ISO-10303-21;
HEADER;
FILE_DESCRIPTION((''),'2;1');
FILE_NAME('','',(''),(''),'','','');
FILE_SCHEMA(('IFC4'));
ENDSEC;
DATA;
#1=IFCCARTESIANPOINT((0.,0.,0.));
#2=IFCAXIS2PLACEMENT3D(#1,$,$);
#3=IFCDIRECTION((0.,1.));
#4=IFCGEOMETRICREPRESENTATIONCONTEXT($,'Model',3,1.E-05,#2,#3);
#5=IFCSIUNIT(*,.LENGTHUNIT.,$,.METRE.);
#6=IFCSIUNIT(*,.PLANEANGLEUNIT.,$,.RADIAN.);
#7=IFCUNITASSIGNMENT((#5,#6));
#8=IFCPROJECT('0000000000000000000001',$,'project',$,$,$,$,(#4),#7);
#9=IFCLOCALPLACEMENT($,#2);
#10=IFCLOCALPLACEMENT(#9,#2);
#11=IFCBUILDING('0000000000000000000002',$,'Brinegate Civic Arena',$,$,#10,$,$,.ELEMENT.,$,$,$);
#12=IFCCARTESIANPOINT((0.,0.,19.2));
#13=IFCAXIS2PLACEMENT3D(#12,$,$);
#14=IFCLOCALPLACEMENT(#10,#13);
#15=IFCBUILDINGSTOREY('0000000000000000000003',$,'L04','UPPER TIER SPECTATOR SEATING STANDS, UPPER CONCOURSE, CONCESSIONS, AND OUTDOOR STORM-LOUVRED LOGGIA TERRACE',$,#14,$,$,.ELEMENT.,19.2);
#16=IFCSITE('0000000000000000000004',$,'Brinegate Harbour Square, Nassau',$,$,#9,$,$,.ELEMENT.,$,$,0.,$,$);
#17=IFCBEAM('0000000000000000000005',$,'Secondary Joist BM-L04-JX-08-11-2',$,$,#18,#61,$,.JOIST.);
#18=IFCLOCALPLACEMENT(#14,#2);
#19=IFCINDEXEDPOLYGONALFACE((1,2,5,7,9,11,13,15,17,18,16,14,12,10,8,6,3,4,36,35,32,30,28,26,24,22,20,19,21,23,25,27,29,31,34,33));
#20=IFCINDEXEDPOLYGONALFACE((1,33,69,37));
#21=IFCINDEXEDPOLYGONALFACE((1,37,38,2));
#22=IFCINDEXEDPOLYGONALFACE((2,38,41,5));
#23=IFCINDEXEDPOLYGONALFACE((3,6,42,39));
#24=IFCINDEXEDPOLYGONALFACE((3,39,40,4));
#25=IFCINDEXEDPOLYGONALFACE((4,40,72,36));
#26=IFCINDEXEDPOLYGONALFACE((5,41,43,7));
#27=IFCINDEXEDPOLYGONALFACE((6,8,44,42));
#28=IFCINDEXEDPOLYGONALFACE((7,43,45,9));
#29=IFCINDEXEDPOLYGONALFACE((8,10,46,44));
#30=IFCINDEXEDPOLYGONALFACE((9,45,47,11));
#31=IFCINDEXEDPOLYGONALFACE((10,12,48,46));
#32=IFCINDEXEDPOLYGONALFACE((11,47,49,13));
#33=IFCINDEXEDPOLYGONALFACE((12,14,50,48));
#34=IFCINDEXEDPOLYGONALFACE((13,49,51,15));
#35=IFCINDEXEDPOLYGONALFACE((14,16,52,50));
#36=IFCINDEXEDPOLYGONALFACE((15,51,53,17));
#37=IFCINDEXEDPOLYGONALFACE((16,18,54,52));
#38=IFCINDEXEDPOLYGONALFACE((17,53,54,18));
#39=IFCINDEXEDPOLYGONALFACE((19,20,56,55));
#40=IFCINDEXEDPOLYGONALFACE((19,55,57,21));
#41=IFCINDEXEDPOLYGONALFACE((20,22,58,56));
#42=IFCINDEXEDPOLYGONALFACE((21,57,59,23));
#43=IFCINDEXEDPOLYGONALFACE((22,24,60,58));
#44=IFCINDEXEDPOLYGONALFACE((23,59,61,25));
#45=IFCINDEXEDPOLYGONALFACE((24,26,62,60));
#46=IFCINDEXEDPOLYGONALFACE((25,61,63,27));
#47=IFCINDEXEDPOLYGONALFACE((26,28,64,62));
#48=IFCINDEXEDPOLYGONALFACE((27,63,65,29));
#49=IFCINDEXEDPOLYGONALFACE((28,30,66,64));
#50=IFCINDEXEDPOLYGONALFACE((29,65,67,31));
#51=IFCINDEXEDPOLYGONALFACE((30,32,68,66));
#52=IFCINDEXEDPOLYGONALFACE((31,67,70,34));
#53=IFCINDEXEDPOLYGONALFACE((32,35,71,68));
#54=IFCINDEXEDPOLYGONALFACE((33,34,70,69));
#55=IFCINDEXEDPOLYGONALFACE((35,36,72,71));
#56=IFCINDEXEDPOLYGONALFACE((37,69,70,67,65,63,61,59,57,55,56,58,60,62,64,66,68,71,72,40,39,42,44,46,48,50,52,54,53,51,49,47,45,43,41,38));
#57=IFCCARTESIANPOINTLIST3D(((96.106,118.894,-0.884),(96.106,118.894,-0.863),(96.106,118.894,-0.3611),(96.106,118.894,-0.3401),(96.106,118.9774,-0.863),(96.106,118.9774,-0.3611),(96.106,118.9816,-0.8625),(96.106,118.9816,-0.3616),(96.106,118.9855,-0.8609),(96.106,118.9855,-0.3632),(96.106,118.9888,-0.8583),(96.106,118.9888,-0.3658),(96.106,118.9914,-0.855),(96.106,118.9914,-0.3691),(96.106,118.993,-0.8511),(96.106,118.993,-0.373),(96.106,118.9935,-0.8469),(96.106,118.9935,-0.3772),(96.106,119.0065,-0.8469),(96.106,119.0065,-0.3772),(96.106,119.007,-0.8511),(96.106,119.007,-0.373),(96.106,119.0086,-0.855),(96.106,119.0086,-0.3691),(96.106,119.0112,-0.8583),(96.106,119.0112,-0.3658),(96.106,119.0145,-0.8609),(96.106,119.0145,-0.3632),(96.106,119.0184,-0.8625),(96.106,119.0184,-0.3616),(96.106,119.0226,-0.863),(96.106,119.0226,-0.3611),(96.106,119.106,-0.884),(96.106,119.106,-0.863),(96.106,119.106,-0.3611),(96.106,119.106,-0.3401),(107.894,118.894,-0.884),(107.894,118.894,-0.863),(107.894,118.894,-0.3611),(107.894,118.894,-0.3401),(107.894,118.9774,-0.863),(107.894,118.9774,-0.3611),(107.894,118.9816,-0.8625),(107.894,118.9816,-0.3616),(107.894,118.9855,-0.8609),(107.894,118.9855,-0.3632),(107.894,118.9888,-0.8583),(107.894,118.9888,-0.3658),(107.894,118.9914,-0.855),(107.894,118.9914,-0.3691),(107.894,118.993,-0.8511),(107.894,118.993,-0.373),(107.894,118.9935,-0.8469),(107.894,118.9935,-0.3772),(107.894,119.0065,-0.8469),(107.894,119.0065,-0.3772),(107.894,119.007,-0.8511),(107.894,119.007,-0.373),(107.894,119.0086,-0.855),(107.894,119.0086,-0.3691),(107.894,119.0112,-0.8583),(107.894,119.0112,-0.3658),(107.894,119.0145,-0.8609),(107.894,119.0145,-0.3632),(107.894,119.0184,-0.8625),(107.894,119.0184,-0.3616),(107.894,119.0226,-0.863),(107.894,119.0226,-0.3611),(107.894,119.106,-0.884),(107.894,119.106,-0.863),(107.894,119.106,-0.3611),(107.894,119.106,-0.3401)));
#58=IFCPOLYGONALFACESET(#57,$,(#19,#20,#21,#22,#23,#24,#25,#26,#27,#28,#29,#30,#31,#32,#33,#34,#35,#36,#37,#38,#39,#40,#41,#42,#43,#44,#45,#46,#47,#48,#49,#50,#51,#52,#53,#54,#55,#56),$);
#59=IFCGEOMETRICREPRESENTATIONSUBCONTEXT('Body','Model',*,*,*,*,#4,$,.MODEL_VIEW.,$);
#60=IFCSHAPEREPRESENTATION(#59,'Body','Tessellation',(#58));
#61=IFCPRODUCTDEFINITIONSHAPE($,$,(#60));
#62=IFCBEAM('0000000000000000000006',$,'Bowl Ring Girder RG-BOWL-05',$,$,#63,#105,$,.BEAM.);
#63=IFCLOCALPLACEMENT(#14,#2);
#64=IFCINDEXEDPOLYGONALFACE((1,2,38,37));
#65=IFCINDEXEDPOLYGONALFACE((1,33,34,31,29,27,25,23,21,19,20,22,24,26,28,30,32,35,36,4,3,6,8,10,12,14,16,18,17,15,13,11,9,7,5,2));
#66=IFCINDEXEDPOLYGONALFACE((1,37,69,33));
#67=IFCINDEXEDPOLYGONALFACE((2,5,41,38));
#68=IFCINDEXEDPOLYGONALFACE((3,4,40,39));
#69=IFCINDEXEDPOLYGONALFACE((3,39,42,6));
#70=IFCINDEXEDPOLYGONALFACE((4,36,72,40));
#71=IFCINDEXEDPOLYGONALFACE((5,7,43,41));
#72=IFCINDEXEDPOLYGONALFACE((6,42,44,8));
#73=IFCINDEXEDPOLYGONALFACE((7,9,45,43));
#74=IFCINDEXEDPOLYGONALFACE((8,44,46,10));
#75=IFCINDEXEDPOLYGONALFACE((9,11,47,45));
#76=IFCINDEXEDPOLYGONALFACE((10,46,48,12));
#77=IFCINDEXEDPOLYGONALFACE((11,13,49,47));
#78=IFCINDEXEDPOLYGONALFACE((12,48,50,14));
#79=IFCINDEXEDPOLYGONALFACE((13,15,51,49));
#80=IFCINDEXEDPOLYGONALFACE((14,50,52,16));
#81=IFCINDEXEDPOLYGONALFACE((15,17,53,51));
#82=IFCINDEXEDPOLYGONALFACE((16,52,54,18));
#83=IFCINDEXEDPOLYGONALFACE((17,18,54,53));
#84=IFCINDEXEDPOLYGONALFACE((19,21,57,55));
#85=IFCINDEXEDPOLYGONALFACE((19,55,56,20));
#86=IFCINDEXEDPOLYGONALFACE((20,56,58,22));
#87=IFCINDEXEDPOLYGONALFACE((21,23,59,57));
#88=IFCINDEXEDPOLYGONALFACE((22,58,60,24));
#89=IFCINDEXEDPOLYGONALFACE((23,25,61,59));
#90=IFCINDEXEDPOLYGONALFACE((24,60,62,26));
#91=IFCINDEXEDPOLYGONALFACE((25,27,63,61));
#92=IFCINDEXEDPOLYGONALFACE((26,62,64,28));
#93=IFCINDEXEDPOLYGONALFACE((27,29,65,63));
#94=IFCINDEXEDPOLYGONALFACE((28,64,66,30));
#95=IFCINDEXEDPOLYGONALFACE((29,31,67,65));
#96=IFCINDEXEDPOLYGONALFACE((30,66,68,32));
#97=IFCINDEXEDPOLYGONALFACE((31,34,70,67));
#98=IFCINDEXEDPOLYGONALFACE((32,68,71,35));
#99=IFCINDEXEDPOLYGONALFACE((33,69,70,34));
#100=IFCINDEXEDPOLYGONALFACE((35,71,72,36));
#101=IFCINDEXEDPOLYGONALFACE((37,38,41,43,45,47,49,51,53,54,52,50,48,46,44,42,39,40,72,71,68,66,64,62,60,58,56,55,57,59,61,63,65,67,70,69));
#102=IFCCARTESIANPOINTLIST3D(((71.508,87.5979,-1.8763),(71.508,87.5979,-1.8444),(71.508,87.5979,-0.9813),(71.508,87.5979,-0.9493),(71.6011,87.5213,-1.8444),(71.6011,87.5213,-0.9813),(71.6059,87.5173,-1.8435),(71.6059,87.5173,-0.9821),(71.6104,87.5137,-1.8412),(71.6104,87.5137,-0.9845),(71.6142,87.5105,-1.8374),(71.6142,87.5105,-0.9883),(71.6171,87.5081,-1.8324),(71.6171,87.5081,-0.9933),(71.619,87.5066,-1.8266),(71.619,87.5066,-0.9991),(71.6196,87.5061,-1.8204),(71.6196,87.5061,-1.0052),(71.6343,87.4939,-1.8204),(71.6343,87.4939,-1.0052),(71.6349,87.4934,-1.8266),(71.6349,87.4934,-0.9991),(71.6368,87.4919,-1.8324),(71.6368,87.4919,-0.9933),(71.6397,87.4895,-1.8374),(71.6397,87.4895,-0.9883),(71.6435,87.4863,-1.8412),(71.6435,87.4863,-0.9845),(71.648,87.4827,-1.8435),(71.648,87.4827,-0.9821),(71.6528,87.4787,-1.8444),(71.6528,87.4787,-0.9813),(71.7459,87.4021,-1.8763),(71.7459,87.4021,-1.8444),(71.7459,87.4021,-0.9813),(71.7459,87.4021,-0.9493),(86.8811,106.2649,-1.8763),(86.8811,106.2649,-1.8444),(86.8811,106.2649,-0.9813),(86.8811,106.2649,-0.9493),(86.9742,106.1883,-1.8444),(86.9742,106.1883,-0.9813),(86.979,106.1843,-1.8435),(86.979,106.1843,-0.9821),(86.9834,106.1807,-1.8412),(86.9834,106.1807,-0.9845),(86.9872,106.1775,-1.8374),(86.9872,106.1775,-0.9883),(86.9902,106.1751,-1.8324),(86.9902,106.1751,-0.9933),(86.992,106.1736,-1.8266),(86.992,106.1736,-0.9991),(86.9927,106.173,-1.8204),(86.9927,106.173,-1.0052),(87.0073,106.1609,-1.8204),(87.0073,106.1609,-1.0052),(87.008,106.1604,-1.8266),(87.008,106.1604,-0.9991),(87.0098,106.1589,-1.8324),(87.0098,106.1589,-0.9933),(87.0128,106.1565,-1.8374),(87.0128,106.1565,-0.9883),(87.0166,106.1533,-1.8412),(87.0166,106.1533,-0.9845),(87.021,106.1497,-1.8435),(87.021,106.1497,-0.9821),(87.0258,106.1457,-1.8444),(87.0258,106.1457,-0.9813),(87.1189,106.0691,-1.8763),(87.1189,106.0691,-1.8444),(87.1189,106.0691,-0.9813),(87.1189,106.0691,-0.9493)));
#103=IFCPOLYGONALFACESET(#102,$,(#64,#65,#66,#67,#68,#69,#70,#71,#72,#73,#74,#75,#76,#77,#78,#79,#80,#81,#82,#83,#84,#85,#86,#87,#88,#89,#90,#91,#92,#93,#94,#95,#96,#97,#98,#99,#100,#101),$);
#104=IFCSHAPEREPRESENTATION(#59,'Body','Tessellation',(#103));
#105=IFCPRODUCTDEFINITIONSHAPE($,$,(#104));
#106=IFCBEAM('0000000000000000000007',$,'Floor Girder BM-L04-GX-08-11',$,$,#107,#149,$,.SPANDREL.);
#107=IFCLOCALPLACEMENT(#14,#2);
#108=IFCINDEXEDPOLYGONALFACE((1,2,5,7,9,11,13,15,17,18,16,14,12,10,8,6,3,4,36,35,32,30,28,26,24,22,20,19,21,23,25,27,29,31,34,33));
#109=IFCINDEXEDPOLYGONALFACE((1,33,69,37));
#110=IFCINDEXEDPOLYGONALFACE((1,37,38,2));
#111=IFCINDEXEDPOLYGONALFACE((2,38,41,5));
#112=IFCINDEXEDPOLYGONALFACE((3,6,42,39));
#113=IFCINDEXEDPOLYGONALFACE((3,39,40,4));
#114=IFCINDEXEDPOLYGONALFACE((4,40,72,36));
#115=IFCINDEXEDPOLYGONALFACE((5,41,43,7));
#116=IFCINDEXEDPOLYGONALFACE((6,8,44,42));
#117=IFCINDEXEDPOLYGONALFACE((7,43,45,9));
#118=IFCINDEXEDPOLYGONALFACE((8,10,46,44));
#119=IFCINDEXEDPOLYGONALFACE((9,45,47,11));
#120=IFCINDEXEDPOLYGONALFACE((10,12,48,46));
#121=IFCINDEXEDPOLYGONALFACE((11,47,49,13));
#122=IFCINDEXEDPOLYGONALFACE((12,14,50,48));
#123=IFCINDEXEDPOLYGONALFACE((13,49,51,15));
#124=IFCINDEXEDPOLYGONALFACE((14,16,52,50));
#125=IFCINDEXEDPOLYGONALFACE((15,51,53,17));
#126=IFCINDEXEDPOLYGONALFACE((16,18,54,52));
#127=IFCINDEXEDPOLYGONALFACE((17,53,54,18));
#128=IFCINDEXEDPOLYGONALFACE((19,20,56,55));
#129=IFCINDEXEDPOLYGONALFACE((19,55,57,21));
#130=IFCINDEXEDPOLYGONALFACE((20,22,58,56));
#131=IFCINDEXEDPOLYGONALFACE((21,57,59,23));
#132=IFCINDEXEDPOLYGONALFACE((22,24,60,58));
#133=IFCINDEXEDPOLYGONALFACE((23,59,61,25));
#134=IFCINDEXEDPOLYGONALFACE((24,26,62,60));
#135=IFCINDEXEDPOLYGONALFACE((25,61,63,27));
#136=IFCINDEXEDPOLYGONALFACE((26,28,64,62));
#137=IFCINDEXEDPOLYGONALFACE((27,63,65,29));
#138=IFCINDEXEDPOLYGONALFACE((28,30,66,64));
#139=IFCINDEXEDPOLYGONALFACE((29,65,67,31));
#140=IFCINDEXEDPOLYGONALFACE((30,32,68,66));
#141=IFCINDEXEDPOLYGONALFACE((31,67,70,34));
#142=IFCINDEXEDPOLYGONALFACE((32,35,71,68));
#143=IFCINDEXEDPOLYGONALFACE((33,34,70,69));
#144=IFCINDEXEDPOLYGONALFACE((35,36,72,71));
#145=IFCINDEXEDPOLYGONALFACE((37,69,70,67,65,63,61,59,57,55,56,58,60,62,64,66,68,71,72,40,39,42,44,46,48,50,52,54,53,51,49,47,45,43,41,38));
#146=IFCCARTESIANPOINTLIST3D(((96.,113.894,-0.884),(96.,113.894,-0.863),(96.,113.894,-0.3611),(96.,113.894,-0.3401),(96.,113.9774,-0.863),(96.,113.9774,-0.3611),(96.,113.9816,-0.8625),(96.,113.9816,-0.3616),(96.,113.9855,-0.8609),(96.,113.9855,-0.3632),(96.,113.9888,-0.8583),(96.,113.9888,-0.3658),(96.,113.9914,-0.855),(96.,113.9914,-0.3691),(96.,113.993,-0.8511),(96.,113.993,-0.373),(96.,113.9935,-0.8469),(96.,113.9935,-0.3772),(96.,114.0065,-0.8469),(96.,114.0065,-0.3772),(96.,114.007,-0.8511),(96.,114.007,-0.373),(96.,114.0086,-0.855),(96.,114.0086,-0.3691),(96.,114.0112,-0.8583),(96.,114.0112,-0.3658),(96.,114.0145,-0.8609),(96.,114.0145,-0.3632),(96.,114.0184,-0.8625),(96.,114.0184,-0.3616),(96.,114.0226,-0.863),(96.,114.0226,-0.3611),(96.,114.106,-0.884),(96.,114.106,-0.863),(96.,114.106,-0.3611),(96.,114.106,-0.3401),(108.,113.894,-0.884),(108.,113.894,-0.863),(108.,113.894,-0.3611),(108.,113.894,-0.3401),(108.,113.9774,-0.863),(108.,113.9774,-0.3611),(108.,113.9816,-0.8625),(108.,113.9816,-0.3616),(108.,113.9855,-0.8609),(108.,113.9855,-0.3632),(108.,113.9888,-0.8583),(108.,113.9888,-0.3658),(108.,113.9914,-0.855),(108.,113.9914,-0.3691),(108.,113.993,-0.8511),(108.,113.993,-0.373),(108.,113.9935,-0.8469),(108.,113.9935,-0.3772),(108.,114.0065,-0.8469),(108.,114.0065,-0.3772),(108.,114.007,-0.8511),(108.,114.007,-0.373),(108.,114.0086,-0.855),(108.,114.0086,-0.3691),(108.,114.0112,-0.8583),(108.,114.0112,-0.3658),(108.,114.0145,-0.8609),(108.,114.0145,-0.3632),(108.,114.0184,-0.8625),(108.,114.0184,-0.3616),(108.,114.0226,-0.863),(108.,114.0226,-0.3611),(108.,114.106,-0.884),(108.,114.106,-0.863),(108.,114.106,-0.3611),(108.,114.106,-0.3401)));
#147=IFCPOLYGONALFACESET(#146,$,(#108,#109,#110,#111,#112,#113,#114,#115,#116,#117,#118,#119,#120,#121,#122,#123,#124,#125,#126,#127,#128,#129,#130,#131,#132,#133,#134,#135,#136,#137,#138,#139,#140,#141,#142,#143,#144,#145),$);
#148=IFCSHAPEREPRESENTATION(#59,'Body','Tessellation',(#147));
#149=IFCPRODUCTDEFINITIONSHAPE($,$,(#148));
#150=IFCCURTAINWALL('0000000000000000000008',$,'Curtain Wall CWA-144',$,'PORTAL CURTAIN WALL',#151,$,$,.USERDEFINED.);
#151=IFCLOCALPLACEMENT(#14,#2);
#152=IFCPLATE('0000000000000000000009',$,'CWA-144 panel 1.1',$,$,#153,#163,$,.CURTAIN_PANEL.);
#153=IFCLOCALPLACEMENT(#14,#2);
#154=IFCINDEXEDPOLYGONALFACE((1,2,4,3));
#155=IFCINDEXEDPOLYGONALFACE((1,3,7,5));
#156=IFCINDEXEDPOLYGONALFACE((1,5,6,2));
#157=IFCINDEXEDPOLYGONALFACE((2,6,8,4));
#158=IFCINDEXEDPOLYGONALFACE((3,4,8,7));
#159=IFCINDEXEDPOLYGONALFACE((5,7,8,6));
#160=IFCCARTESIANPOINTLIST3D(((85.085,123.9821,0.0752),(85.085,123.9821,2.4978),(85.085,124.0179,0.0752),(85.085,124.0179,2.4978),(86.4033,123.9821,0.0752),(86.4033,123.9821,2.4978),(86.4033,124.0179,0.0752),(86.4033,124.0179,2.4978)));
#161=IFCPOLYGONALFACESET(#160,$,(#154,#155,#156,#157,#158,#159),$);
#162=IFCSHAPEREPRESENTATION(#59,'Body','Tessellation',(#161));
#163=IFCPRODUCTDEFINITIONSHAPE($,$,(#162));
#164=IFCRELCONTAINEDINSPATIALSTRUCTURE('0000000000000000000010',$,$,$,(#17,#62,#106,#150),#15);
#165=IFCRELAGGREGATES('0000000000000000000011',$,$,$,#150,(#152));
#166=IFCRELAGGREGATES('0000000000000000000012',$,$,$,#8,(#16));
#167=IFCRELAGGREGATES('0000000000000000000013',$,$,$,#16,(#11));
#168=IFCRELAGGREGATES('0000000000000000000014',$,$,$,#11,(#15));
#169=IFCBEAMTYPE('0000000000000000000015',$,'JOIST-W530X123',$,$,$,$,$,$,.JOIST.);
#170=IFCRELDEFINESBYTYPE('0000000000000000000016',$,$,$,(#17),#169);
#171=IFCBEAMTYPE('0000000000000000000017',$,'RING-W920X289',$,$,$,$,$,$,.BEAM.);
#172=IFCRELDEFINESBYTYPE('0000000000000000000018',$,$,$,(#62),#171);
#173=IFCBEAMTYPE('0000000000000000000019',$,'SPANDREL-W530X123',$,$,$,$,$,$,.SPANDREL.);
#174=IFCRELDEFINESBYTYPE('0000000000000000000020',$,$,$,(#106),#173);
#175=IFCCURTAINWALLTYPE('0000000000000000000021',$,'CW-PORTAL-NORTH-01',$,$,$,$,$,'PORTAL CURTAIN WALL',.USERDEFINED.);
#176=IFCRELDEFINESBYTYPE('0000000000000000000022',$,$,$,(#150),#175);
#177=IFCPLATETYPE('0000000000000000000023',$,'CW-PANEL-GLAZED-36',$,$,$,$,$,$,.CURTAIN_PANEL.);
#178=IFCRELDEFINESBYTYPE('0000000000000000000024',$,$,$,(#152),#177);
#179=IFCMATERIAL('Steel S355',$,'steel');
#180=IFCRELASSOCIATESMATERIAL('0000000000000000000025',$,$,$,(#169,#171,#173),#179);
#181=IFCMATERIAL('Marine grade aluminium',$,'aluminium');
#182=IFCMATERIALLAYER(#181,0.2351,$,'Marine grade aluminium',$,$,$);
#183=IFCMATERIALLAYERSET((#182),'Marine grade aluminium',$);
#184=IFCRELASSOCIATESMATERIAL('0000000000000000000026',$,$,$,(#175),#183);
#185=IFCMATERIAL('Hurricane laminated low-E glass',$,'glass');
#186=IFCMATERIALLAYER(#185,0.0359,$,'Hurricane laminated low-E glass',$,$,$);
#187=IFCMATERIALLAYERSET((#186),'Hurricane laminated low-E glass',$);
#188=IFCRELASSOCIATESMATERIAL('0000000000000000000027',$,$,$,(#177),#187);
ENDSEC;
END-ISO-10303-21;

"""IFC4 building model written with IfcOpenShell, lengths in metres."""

from ifc_helpers import new_model, si_unit, direction, frame, origin, origin_2d, place, context, subcontext, project, spatial, rectangle, i_section, extrude, material, layer, layer_set, material_profile, profile_set, type_object, element, aggregate, save


model = new_model("IFC4")

# Units and contexts
model_context = context("Model", 3, precision=1e-05, world=origin(), true_north=direction((0.0, 1.0)))
body_context = subcontext(model_context, "Body", "Model", "MODEL_VIEW")
ifc_project = project(units=[si_unit("LENGTHUNIT", "METRE"), si_unit("PLANEANGLEUNIT", "RADIAN")], contexts=[model_context])

# Site, building, storey
site_placement = place(None, origin())
site = spatial("IfcSite", under=ifc_project, at=site_placement, Name="Brinegate Harbour Square, Nassau", CompositionType="ELEMENT", RefElevation=0.0)
building_placement = place(site_placement, origin())
building = spatial("IfcBuilding", under=site, at=building_placement, Name="Brinegate Civic Arena", CompositionType="ELEMENT")
storey_placement = place(building_placement, frame((0.0, 0.0, 19.2)))
storey = spatial("IfcBuildingStorey", under=building, at=storey_placement, Name="L04", Description="UPPER TIER SPECTATOR SEATING STANDS, UPPER CONCOURSE, CONCESSIONS, AND OUTDOOR STORM-LOUVRED LOGGIA TERRACE", CompositionType="ELEMENT", Elevation=19.2)

# Beams
ifc_material_1 = material(Name="Steel S355", Category="steel")
ifc_material_profile_1 = material_profile(ifc_material_1, i_section(OverallWidth=0.2119, OverallDepth=0.5439, WebThickness=0.0129, FlangeThickness=0.021, FilletRadius=0.0161, at=origin_2d()), Name="W530X123")
ifc_profile_set_1 = profile_set([ifc_material_profile_1], Name="Steel S355")
beam_type_1 = type_object("IfcBeamType", Name="JOIST-W530X123", PredefinedType="JOIST", material=ifc_profile_set_1)
beam_1_placement = place(storey_placement, frame((96.106, 119.0, -0.6121), z_axis=(1.0, 0.0, 0.0), x_axis=(0.0, 1.0, 0.0)))
element("IfcBeam", 1, at=beam_1_placement, inside=storey, type_object=beam_type_1, Name="Secondary Joist BM-L04-JX-08-11-2", PredefinedType="JOIST", context=body_context, shape_type="SweptSolid", body=[
    extrude(i_section(OverallWidth=0.2119, OverallDepth=0.5439, WebThickness=0.0129, FlangeThickness=0.021, FilletRadius=0.0161, at=origin_2d()), origin(), (0.0, 0.0, 1.0), 11.7881),
])
ifc_material_profile_2 = material_profile(ifc_material_1, i_section(OverallWidth=0.3081, OverallDepth=0.927, WebThickness=0.019, FlangeThickness=0.032, FilletRadius=0.0239, at=origin_2d()), Name="W920X289")
ifc_profile_set_2 = profile_set([ifc_material_profile_2], Name="Steel S355")
beam_type_2 = type_object("IfcBeamType", Name="RING-W920X289", PredefinedType="BEAM", material=ifc_profile_set_2)
beam_2_placement = place(storey_placement, frame((87.0, 106.167, -1.4128), z_axis=(-0.635713, -0.771926, 0.0), x_axis=(0.771926, -0.635713, 0.0)))
element("IfcBeam", 2, at=beam_2_placement, inside=storey, type_object=beam_type_2, Name="Bowl Ring Girder RG-BOWL-05", PredefinedType="BEAM", context=body_context, shape_type="SweptSolid", body=[
    extrude(i_section(OverallWidth=0.3081, OverallDepth=0.927, WebThickness=0.019, FlangeThickness=0.032, FilletRadius=0.0239, at=origin_2d()), origin(), (0.0, 0.0, 1.0), 24.1824),
])
ifc_material_profile_3 = material_profile(ifc_material_1, i_section(OverallWidth=0.2119, OverallDepth=0.5439, WebThickness=0.0129, FlangeThickness=0.021, FilletRadius=0.0161, at=origin_2d()), Name="W530X123")
ifc_profile_set_3 = profile_set([ifc_material_profile_3], Name="Steel S355")
beam_type_3 = type_object("IfcBeamType", Name="SPANDREL-W530X123", PredefinedType="SPANDREL", material=ifc_profile_set_3)
beam_3_placement = place(storey_placement, frame((96.0, 114.0, -0.6121), z_axis=(1.0, 0.0, 0.0), x_axis=(0.0, 1.0, 0.0)))
element("IfcBeam", 3, at=beam_3_placement, inside=storey, type_object=beam_type_3, Name="Floor Girder BM-L04-GX-08-11", PredefinedType="SPANDREL", context=body_context, shape_type="SweptSolid", body=[
    extrude(i_section(OverallWidth=0.2119, OverallDepth=0.5439, WebThickness=0.0129, FlangeThickness=0.021, FilletRadius=0.0161, at=origin_2d()), origin(), (0.0, 0.0, 1.0), 12.0),
])

# Curtain wall, plate
ifc_material_2 = material(Name="Marine grade aluminium", Category="aluminium")
ifc_layer_1 = layer(ifc_material_2, 0.2351, Name="Marine grade aluminium")
ifc_layer_set_1 = layer_set([ifc_layer_1], Name="Marine grade aluminium")
curtain_wall_type = type_object("IfcCurtainWallType", Name="CW-PORTAL-NORTH-01", ElementType="PORTAL CURTAIN WALL", PredefinedType="USERDEFINED", material=ifc_layer_set_1)
curtain_wall_placement = place(storey_placement, origin())
curtain_wall = element("IfcCurtainWall", 4, at=curtain_wall_placement, inside=storey, type_object=curtain_wall_type, Name="Curtain Wall CWA-144", ObjectType="PORTAL CURTAIN WALL", PredefinedType="USERDEFINED")
ifc_material_3 = material(Name="Hurricane laminated low-E glass", Category="glass")
ifc_layer_2 = layer(ifc_material_3, 0.0359, Name="Hurricane laminated low-E glass")
ifc_layer_set_2 = layer_set([ifc_layer_2], Name="Hurricane laminated low-E glass")
plate_type = type_object("IfcPlateType", Name="CW-PANEL-GLAZED-36", PredefinedType="CURTAIN_PANEL", material=ifc_layer_set_2)
plate_placement = place(storey_placement, frame((85.7441, 124.0, 0.0752), z_axis=(0.0, 0.0, 1.0), x_axis=(1.0, 0.0, 0.0)))
plate = element("IfcPlate", 5, at=plate_placement, type_object=plate_type, Name="CWA-144 panel 1.1", PredefinedType="CURTAIN_PANEL", context=body_context, shape_type="SweptSolid", body=[
    extrude(rectangle(XDim=1.3184, YDim=0.0359, at=origin_2d()), origin(), (0.0, 0.0, 1.0), 2.4226),
])
aggregate(curtain_wall, [plate])

save(model, "model.ifc")
